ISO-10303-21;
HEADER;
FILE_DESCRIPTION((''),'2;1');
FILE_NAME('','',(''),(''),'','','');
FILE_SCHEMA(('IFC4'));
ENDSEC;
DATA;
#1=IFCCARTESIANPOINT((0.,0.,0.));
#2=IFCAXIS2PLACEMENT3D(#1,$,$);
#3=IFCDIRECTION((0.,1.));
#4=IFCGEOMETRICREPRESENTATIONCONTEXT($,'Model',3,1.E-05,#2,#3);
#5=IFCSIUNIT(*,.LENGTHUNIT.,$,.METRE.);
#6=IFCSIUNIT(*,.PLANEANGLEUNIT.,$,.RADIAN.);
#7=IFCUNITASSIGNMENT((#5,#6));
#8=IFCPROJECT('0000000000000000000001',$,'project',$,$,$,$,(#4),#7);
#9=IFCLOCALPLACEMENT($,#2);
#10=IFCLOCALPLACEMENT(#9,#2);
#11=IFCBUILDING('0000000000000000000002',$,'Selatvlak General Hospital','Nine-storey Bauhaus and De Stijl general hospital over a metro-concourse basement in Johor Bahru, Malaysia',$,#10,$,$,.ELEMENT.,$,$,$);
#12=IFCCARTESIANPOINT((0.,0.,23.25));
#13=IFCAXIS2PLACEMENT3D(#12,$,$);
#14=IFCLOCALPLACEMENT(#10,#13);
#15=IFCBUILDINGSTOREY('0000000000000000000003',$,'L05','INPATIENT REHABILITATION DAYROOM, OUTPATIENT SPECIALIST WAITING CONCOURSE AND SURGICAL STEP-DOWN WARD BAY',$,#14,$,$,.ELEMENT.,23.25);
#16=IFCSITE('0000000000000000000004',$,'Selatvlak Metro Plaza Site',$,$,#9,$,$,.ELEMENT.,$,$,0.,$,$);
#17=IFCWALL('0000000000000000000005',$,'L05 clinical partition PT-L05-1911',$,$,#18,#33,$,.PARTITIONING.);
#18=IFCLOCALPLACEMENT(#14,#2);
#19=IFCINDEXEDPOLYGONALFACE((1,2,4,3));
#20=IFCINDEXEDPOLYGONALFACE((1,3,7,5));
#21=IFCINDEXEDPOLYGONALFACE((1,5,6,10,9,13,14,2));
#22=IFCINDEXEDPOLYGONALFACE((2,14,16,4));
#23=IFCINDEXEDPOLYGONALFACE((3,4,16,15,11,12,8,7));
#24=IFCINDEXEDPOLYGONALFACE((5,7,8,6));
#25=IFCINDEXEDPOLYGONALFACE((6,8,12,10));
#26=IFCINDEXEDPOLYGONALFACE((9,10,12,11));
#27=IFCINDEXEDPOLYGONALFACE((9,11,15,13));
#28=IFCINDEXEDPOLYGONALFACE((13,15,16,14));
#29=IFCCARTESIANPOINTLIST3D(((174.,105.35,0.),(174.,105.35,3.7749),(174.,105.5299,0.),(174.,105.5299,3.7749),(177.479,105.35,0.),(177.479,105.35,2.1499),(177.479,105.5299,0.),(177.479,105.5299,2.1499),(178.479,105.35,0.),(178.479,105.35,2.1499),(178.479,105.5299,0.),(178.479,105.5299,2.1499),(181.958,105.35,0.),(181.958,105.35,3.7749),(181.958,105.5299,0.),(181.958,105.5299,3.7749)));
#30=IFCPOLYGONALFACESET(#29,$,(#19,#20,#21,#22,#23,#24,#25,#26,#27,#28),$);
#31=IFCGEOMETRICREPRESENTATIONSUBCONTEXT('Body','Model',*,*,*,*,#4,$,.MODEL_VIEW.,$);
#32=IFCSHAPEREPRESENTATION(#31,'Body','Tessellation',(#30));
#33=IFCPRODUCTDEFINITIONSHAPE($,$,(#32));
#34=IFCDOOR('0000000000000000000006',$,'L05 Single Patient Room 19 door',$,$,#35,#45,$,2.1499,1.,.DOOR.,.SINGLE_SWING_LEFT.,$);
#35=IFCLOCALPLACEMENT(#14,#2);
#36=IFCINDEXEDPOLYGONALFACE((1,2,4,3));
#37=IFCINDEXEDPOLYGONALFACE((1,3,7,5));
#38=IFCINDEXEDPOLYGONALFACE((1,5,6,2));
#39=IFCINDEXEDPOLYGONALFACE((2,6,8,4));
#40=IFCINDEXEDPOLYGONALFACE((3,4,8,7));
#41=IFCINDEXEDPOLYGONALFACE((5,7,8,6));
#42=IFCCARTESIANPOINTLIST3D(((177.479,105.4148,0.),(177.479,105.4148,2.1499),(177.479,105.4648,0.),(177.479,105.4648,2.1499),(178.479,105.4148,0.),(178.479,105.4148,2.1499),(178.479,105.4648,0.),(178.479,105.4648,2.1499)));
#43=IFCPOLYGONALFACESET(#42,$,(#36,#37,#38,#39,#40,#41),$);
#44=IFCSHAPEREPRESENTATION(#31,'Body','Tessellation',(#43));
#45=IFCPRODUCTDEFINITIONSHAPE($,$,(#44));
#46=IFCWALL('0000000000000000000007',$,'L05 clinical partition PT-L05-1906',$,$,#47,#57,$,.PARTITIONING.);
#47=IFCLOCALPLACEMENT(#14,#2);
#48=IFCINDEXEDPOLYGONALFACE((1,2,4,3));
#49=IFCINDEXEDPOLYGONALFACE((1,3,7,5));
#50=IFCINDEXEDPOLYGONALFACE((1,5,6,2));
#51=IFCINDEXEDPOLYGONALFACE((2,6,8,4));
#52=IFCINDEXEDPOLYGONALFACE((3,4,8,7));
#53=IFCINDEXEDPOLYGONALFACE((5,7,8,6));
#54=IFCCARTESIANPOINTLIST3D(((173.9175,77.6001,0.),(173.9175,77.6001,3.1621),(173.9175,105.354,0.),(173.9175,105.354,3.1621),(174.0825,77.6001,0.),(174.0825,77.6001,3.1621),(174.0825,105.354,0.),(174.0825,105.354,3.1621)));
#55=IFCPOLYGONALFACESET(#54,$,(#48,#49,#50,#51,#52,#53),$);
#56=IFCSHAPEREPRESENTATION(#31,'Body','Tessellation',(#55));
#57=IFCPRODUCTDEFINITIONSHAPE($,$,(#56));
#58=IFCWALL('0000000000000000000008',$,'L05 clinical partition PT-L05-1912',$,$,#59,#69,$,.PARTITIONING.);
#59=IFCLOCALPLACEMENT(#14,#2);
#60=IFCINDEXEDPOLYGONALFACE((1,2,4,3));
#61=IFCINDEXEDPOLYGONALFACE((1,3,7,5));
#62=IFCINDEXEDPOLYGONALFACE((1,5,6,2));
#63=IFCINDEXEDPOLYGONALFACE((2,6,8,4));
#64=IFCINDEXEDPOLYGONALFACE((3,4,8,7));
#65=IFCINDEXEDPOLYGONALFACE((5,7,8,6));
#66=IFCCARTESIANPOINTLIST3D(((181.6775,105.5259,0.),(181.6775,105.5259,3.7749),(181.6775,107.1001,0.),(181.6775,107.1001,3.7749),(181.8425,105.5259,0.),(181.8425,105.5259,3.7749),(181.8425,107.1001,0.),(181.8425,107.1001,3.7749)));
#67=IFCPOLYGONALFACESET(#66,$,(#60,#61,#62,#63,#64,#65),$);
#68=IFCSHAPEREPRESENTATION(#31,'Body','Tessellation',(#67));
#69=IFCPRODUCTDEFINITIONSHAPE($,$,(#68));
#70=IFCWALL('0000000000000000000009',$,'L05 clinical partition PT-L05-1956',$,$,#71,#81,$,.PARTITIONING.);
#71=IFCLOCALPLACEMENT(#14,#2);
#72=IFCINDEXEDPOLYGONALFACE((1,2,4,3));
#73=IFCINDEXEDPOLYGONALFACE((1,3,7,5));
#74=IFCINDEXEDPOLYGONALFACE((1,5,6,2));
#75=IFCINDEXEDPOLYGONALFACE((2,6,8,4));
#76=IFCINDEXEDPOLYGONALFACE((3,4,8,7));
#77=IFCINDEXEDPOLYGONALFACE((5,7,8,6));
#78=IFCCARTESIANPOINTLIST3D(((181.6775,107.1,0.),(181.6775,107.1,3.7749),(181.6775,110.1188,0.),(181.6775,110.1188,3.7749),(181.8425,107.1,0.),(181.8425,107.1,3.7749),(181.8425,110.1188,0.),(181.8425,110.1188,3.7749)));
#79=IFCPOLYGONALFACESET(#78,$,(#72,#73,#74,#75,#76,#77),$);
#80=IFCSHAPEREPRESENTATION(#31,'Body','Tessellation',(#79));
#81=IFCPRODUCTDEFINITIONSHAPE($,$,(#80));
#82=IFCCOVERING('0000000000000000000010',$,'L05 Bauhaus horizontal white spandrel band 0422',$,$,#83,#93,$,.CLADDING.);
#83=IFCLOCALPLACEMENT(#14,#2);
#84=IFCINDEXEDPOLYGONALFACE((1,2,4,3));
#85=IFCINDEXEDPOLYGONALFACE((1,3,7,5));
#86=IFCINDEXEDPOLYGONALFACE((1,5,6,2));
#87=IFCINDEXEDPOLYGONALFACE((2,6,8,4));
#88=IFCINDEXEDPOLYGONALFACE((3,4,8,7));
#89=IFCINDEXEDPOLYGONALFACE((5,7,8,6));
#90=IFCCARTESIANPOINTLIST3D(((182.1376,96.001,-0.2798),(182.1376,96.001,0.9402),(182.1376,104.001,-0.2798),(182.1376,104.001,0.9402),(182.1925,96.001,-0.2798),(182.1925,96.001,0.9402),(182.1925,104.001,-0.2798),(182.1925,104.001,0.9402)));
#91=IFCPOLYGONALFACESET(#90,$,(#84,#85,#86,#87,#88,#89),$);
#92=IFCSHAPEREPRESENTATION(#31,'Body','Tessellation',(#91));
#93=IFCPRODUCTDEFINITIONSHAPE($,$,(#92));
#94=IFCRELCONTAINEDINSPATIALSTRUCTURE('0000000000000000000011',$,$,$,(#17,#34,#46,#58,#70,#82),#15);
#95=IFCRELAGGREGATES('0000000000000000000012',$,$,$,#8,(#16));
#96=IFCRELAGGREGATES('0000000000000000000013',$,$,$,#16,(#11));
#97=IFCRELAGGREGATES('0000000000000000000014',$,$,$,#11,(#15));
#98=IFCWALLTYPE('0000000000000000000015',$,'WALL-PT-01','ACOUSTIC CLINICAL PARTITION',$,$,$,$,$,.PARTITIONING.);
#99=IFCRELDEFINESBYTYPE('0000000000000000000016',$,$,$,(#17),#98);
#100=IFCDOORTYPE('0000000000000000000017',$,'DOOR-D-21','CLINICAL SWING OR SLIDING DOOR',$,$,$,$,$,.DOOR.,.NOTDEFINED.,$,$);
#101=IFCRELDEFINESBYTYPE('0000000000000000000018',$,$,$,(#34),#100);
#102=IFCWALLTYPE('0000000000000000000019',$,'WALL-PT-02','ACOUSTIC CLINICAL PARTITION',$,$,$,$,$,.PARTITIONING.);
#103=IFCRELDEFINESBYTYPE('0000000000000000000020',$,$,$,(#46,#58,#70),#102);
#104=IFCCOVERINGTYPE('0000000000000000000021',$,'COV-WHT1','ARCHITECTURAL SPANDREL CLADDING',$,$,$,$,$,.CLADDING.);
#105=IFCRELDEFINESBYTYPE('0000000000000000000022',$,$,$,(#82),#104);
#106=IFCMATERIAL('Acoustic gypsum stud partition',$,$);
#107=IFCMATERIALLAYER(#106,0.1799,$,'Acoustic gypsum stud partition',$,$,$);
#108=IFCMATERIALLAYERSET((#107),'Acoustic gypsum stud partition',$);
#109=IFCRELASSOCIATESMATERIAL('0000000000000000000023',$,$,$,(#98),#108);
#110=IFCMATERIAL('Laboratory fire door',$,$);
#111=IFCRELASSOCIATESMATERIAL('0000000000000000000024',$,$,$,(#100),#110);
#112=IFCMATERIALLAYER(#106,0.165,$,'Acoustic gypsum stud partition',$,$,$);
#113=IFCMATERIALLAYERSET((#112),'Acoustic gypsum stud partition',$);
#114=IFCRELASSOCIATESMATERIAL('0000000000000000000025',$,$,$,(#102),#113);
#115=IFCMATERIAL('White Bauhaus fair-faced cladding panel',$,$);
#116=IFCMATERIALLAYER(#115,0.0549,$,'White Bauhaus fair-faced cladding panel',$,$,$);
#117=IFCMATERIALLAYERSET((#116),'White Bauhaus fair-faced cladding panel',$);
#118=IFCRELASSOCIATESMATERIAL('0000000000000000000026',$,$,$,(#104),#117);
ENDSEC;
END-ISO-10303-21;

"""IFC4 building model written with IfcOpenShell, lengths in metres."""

from ifc_helpers import new_model, si_unit, direction, frame, frame_2d, origin, origin_2d, place, context, subcontext, project, spatial, rectangle, extrude, material, layer, layer_set, type_object, element, fill, save


model = new_model("IFC4")

# Units and contexts
model_context = context("Model", 3, precision=1e-05, world=origin(), true_north=direction((0.0, 1.0)))
body_context = subcontext(model_context, "Body", "Model", "MODEL_VIEW")
ifc_project = project(units=[si_unit("LENGTHUNIT", "METRE"), si_unit("PLANEANGLEUNIT", "RADIAN")], contexts=[model_context])

# Site, building, storey
site_placement = place(None, origin())
site = spatial("IfcSite", under=ifc_project, at=site_placement, Name="Selatvlak Metro Plaza Site", CompositionType="ELEMENT", RefElevation=0.0)
building_placement = place(site_placement, origin())
building = spatial("IfcBuilding", under=site, at=building_placement, Name="Selatvlak General Hospital", Description="Nine-storey Bauhaus and De Stijl general hospital over a metro-concourse basement in Johor Bahru, Malaysia", CompositionType="ELEMENT")
storey_placement = place(building_placement, frame((0.0, 0.0, 23.25)))
storey = spatial("IfcBuildingStorey", under=building, at=storey_placement, Name="L05", Description="INPATIENT REHABILITATION DAYROOM, OUTPATIENT SPECIALIST WAITING CONCOURSE AND SURGICAL STEP-DOWN WARD BAY", CompositionType="ELEMENT", Elevation=23.25)

# Wall, opening, door
ifc_material_1 = material(Name="Acoustic gypsum stud partition")
ifc_layer_1 = layer(ifc_material_1, 0.1799, Name="Acoustic gypsum stud partition")
ifc_layer_set_1 = layer_set([ifc_layer_1], Name="Acoustic gypsum stud partition")
wall_type_1 = type_object("IfcWallType", Name="WALL-PT-01", Description="ACOUSTIC CLINICAL PARTITION", PredefinedType="PARTITIONING", material=ifc_layer_set_1)
wall_1_placement = place(storey_placement, frame((174.0, 105.4399, 0.0), z_axis=(0.0, 0.0, 1.0), x_axis=(1.0, 0.0, 0.0)))
wall_1 = element("IfcWall", 1, at=wall_1_placement, inside=storey, type_object=wall_type_1, Name="L05 clinical partition PT-L05-1911", PredefinedType="PARTITIONING", context=body_context, shape_type="SweptSolid", body=[
    extrude(rectangle(XDim=7.958, YDim=0.1799, at=frame_2d((3.979, 0.0))), origin(), (0.0, 0.0, 1.0), 3.7749),
])
opening_placement = place(wall_1_placement, frame((3.479, 0.0, 0.0)))
opening = element("IfcOpeningElement", 2, at=opening_placement, cuts=wall_1, PredefinedType="OPENING", context=body_context, shape_type="SweptSolid", body=[
    extrude(rectangle(XDim=1.0, YDim=2.1499, at=frame_2d((0.5, 1.075))), frame((0.0, 0.0999, 0.0), z_axis=(0.0, -1.0, 0.0), x_axis=(1.0, 0.0, 0.0)), (0.0, 0.0, 1.0), 0.2),
])
ifc_material_2 = material(Name="Laboratory fire door")
door_type = type_object("IfcDoorType", Name="DOOR-D-21", Description="CLINICAL SWING OR SLIDING DOOR", OperationType="NOTDEFINED", PredefinedType="DOOR", material=ifc_material_2)
door_placement = place(opening_placement, origin())
door = element("IfcDoor", 3, at=door_placement, inside=storey, type_object=door_type, Name="L05 Single Patient Room 19 door", OperationType="SINGLE_SWING_LEFT", OverallHeight=2.1499, OverallWidth=1.0, PredefinedType="DOOR", context=body_context, shape_type="SweptSolid", body=[
    extrude(rectangle(XDim=1.0, YDim=2.1499, at=frame_2d((0.5, 1.075))), frame((0.0, 0.0249, 0.0), z_axis=(0.0, -1.0, 0.0), x_axis=(1.0, 0.0, 0.0)), (0.0, 0.0, 1.0), 0.05),
])
fill(opening, door)

# Walls
ifc_layer_2 = layer(ifc_material_1, 0.165, Name="Acoustic gypsum stud partition")
ifc_layer_set_2 = layer_set([ifc_layer_2], Name="Acoustic gypsum stud partition")
wall_type_2 = type_object("IfcWallType", Name="WALL-PT-02", Description="ACOUSTIC CLINICAL PARTITION", PredefinedType="PARTITIONING", material=ifc_layer_set_2)
wall_2_placement = place(storey_placement, frame((174.0, 105.354, 0.0), z_axis=(0.0, 0.0, 1.0), x_axis=(0.0, -1.0, 0.0)))
element("IfcWall", 4, at=wall_2_placement, inside=storey, type_object=wall_type_2, Name="L05 clinical partition PT-L05-1906", PredefinedType="PARTITIONING", context=body_context, shape_type="SweptSolid", body=[
    extrude(rectangle(XDim=27.7539, YDim=0.165, at=frame_2d((13.877, 0.0))), origin(), (0.0, 0.0, 1.0), 3.1621),
])
wall_3_placement = place(storey_placement, frame((181.76, 105.5259, 0.0), z_axis=(0.0, 0.0, 1.0), x_axis=(0.0, 1.0, 0.0)))
element("IfcWall", 5, at=wall_3_placement, inside=storey, type_object=wall_type_2, Name="L05 clinical partition PT-L05-1912", PredefinedType="PARTITIONING", context=body_context, shape_type="SweptSolid", body=[
    extrude(rectangle(XDim=1.5742, YDim=0.165, at=frame_2d((0.7871, 0.0))), origin(), (0.0, 0.0, 1.0), 3.7749),
])
wall_4_placement = place(storey_placement, frame((181.76, 107.1001, 0.0), z_axis=(0.0, 0.0, 1.0), x_axis=(0.0, 1.0, 0.0)))
element("IfcWall", 6, at=wall_4_placement, inside=storey, type_object=wall_type_2, Name="L05 clinical partition PT-L05-1956", PredefinedType="PARTITIONING", context=body_context, shape_type="SweptSolid", body=[
    extrude(rectangle(XDim=3.0188, YDim=0.165, at=frame_2d((1.5093, 0.0))), origin(), (0.0, 0.0, 1.0), 3.7749),
])

# Covering
ifc_material_3 = material(Name="White Bauhaus fair-faced cladding panel")
ifc_layer_3 = layer(ifc_material_3, 0.0549, Name="White Bauhaus fair-faced cladding panel")
ifc_layer_set_3 = layer_set([ifc_layer_3], Name="White Bauhaus fair-faced cladding panel")
covering_type = type_object("IfcCoveringType", Name="COV-WHT1", Description="ARCHITECTURAL SPANDREL CLADDING", PredefinedType="CLADDING", material=ifc_layer_set_3)
covering_placement = place(storey_placement, frame((182.165, 100.001, -0.2798), z_axis=(0.0, 0.0, 1.0), x_axis=(0.0, -1.0, 0.0)))
element("IfcCovering", 7, at=covering_placement, inside=storey, type_object=covering_type, Name="L05 Bauhaus horizontal white spandrel band 0422", PredefinedType="CLADDING", context=body_context, shape_type="SweptSolid", body=[
    extrude(rectangle(XDim=8.0, YDim=0.0549, at=origin_2d()), origin(), (0.0, 0.0, 1.0), 1.22),
])

save(model, "model.ifc")
